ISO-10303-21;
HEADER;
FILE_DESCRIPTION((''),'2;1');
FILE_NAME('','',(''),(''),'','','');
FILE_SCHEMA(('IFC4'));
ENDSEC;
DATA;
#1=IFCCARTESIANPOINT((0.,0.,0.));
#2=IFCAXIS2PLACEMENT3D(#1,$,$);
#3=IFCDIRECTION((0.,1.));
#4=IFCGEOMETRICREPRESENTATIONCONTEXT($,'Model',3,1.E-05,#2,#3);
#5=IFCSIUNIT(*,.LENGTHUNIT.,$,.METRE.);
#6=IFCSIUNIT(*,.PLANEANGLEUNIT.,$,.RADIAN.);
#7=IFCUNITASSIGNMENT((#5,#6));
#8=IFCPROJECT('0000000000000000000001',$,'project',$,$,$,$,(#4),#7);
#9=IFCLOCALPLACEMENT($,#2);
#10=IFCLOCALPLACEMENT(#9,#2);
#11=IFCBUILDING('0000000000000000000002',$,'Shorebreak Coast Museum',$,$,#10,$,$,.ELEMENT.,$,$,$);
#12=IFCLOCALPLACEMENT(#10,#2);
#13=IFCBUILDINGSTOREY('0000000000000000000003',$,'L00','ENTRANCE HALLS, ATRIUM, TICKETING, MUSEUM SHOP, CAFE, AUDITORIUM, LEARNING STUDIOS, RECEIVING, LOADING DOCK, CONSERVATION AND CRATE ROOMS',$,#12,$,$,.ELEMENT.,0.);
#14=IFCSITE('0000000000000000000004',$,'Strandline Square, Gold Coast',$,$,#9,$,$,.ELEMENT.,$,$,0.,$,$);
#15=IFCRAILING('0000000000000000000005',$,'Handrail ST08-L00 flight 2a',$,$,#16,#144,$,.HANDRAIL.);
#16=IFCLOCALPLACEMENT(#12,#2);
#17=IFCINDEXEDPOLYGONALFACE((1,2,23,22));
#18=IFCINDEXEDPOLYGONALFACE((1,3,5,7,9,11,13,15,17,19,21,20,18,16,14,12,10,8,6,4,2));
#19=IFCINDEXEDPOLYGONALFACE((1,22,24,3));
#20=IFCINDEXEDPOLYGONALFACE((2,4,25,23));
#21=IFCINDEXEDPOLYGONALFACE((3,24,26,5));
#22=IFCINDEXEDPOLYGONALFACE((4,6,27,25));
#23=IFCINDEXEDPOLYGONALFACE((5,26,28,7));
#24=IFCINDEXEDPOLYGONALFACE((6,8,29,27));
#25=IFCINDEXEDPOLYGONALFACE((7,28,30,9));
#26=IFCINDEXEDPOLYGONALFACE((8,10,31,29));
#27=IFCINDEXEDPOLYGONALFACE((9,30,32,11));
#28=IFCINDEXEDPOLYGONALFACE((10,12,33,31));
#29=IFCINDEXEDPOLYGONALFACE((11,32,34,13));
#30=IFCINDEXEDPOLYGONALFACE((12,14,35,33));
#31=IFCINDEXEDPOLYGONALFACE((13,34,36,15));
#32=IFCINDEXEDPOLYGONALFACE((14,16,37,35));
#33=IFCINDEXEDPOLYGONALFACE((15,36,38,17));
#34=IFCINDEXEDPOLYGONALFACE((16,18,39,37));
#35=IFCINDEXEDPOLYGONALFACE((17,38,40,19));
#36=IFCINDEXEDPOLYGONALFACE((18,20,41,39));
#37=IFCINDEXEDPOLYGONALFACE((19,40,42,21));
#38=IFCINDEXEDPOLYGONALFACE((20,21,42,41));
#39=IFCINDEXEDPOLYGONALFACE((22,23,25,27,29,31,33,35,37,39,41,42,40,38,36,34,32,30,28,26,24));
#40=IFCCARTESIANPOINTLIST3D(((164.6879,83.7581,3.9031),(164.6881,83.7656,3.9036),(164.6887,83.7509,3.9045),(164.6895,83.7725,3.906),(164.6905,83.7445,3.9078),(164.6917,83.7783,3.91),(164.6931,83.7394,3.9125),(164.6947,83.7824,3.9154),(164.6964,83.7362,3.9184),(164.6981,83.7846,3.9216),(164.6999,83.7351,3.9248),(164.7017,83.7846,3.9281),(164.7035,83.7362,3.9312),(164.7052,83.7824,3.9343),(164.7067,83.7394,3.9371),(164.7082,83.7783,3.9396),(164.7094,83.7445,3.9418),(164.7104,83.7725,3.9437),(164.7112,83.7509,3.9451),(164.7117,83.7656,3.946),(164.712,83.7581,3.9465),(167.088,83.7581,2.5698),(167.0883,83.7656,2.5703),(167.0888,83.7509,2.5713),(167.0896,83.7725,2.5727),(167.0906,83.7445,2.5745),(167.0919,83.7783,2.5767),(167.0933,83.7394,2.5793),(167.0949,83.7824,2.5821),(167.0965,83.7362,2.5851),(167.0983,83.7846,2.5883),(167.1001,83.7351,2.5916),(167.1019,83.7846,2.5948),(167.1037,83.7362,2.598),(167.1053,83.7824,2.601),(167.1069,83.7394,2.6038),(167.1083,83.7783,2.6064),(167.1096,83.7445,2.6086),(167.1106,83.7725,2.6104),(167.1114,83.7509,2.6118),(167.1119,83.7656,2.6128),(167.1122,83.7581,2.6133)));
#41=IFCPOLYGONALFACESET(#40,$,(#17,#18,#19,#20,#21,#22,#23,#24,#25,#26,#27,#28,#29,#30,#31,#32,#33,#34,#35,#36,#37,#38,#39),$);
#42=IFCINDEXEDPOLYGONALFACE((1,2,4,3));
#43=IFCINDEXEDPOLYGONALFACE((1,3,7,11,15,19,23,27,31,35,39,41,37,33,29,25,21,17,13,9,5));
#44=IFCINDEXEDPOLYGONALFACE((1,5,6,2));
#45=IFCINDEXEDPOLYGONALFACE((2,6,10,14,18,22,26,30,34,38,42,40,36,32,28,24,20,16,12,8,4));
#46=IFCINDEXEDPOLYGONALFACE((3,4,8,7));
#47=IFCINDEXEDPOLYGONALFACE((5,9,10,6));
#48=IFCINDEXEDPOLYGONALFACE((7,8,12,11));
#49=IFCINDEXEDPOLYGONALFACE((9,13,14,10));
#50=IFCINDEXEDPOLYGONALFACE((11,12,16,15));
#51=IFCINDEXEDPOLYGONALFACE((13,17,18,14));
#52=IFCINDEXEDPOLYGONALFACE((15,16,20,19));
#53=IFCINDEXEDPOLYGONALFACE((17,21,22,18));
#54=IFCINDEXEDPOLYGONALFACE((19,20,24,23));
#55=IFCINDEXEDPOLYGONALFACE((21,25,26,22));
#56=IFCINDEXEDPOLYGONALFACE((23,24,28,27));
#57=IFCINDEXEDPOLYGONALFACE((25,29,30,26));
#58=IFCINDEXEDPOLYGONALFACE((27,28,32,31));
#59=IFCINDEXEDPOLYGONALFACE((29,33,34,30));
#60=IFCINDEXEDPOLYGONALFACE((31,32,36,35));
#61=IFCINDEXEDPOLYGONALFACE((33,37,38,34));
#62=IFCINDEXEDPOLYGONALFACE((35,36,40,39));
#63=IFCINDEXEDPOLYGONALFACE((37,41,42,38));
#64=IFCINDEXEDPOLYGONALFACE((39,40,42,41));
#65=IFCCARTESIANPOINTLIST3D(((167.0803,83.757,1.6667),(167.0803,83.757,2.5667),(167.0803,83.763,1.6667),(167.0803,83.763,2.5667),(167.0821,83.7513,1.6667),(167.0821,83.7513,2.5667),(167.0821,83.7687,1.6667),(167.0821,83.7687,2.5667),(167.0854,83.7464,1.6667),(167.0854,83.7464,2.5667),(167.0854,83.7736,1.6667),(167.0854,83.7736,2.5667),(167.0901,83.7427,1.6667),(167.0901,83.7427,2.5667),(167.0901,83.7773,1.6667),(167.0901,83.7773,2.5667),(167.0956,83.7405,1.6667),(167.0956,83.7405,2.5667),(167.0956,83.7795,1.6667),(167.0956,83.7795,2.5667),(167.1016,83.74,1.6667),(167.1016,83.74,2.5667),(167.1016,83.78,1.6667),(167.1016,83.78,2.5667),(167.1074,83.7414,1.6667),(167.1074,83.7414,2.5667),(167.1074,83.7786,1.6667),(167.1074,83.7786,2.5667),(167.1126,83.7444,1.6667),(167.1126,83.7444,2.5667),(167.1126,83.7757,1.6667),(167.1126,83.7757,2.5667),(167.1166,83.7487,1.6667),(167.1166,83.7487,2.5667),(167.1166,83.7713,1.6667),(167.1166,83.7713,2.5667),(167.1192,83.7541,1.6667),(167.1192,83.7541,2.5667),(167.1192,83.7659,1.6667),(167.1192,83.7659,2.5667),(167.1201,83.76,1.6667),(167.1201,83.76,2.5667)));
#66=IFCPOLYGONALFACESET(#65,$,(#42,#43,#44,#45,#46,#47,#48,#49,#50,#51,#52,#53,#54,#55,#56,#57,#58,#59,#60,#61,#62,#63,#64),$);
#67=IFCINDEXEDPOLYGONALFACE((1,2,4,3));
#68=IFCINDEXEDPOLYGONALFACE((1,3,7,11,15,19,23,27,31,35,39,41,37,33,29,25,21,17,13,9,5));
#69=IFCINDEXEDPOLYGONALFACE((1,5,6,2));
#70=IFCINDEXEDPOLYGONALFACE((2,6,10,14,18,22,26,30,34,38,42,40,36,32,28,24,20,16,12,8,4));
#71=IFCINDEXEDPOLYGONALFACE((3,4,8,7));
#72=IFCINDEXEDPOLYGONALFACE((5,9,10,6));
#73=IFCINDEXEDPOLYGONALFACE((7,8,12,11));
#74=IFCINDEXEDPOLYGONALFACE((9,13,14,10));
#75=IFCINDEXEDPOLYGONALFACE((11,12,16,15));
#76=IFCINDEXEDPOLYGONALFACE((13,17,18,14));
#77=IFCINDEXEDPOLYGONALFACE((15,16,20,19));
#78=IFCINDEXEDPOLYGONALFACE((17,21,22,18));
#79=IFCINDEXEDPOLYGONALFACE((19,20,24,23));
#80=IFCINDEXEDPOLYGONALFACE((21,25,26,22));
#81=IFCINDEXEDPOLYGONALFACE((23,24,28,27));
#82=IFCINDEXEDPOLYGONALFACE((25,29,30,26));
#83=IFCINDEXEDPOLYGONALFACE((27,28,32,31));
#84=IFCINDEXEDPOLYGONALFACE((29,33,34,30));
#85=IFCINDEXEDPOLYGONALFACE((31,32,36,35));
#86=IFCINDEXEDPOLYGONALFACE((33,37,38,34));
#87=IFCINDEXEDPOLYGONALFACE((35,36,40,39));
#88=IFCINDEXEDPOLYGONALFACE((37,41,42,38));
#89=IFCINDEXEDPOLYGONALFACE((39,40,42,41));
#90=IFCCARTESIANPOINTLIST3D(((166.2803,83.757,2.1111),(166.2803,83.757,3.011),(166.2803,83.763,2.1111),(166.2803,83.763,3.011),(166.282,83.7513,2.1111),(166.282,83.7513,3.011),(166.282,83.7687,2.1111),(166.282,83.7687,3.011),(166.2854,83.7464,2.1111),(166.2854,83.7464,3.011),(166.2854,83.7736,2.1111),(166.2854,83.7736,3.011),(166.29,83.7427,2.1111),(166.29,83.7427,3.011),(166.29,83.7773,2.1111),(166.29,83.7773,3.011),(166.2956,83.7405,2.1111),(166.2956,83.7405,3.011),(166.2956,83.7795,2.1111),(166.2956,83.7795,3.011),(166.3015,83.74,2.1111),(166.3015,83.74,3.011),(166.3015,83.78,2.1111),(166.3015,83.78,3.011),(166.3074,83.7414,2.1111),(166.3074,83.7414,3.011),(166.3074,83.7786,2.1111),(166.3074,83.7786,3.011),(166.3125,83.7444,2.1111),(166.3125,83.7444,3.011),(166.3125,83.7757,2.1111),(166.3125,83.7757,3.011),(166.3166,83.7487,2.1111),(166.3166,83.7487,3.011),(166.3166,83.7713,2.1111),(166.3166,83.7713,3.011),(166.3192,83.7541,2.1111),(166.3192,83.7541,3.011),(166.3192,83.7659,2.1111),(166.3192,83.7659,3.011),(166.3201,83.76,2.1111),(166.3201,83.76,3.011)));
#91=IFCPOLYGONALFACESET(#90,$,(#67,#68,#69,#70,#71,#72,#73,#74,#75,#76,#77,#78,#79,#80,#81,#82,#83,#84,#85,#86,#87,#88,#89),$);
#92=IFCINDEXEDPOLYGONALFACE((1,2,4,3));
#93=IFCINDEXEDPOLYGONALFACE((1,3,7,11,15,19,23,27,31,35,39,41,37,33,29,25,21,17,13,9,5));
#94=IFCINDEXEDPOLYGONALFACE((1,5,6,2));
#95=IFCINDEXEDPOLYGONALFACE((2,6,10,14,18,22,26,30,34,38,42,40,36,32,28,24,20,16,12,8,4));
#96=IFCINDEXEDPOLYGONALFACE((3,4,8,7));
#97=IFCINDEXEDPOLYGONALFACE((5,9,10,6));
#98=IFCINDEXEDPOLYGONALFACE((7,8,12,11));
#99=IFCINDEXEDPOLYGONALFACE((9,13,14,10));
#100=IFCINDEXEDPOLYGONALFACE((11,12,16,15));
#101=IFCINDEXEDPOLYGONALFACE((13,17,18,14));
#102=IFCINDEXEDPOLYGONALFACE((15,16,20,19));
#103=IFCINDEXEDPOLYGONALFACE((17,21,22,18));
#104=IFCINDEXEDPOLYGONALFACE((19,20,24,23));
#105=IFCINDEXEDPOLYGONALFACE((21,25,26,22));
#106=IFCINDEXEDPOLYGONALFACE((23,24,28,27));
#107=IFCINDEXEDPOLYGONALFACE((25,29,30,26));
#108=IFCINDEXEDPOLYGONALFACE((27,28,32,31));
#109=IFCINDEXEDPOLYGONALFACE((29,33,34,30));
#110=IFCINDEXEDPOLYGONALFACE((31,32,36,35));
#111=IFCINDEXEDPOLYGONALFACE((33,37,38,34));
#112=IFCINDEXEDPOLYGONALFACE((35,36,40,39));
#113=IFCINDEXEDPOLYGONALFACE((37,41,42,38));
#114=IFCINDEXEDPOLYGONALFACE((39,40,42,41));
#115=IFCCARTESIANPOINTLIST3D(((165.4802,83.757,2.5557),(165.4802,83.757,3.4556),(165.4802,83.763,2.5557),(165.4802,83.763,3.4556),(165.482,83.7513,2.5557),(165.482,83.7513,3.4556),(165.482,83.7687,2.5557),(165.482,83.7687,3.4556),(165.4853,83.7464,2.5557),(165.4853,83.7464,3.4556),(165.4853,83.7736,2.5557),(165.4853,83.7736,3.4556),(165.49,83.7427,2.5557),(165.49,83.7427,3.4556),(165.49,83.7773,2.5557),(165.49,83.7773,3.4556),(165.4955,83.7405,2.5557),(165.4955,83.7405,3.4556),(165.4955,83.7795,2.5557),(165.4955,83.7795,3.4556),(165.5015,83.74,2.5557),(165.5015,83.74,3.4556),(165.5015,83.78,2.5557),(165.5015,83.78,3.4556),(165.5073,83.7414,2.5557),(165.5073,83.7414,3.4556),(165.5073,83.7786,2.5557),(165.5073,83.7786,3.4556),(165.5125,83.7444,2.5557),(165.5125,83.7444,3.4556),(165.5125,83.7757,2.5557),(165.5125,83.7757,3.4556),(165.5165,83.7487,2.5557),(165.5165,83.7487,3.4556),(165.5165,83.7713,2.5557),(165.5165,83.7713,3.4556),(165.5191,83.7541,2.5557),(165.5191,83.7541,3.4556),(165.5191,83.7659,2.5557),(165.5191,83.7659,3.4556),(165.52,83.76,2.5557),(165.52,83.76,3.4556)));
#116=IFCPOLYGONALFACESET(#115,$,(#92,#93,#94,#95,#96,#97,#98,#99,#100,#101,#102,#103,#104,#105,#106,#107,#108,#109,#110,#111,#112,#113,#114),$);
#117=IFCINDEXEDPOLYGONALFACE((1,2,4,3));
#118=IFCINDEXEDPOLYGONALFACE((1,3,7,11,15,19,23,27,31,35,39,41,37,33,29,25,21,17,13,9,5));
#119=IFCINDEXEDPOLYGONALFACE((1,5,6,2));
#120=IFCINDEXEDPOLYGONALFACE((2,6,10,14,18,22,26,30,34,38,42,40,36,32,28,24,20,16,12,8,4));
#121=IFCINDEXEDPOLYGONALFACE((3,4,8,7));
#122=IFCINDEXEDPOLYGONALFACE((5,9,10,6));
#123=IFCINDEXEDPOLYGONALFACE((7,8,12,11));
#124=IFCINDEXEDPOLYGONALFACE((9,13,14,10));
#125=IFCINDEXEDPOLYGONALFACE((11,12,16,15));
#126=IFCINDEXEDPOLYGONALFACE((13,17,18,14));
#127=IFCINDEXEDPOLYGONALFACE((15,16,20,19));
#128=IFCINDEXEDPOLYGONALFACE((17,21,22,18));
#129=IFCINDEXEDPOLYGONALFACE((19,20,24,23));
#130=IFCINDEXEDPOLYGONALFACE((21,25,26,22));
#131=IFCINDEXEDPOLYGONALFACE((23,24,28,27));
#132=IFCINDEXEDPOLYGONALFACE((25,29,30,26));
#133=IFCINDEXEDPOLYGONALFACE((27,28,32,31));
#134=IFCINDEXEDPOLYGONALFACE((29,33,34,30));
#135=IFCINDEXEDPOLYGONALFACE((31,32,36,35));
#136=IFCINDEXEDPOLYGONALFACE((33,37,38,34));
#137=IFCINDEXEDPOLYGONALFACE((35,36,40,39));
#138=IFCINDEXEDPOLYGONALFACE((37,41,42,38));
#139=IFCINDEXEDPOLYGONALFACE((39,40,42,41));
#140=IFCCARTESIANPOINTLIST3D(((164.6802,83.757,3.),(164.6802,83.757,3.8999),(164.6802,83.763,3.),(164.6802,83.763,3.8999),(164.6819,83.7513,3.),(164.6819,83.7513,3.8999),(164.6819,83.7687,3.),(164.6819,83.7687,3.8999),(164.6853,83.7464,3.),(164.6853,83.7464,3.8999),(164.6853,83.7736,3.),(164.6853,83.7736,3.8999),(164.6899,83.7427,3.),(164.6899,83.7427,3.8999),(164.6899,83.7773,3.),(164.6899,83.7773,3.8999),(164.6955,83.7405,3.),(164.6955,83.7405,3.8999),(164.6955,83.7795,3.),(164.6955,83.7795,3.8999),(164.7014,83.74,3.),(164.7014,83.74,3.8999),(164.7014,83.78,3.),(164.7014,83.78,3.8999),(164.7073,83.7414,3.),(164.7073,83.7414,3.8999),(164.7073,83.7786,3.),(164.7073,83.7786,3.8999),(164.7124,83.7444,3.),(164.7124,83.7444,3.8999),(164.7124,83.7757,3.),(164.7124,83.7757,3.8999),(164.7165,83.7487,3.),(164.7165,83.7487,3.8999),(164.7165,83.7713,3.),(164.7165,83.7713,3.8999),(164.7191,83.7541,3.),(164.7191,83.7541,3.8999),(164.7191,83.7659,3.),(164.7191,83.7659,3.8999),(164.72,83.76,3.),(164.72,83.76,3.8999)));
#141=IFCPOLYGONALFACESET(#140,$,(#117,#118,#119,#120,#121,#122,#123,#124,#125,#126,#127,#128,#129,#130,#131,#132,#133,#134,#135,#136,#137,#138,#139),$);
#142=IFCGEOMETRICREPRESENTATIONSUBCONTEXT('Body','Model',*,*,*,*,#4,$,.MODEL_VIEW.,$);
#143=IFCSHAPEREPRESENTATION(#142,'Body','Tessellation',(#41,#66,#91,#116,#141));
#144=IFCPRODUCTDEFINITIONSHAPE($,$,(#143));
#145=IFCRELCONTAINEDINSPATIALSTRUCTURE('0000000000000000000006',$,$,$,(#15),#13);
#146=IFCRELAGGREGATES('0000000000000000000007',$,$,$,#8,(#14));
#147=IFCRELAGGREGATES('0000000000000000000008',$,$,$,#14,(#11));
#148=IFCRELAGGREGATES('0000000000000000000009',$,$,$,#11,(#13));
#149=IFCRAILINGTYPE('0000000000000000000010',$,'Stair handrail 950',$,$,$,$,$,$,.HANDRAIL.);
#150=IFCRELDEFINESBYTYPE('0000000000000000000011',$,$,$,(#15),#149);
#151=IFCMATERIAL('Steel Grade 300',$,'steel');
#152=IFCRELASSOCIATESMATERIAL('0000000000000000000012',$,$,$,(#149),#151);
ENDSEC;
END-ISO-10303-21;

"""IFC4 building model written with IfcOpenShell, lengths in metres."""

from ifc_helpers import new_model, si_unit, direction, frame, origin, origin_2d, place, context, subcontext, project, spatial, circle, extrude, material, type_object, element, save


model = new_model("IFC4")

# Units and contexts
model_context = context("Model", 3, precision=1e-05, world=origin(), true_north=direction((0.0, 1.0)))
body_context = subcontext(model_context, "Body", "Model", "MODEL_VIEW")
ifc_project = project(units=[si_unit("LENGTHUNIT", "METRE"), si_unit("PLANEANGLEUNIT", "RADIAN")], contexts=[model_context])

# Site, building, storey
site_placement = place(None, origin())
site = spatial("IfcSite", under=ifc_project, at=site_placement, Name="Strandline Square, Gold Coast", CompositionType="ELEMENT", RefElevation=0.0)
building_placement = place(site_placement, origin())
building = spatial("IfcBuilding", under=site, at=building_placement, Name="Shorebreak Coast Museum", CompositionType="ELEMENT")
storey_placement = place(building_placement, origin())
storey = spatial("IfcBuildingStorey", under=building, at=storey_placement, Name="L00", Description="ENTRANCE HALLS, ATRIUM, TICKETING, MUSEUM SHOP, CAFE, AUDITORIUM, LEARNING STUDIOS, RECEIVING, LOADING DOCK, CONSERVATION AND CRATE ROOMS", CompositionType="ELEMENT", Elevation=0.0)

# Railing
ifc_material_1 = material(Name="Steel Grade 300", Category="steel")
railing_type_1 = type_object("IfcRailingType", Name="Stair handrail 950", PredefinedType="HANDRAIL", material=ifc_material_1)
for number, where, name in (
    (1, (167.1001, 83.76, 1.6667), "Handrail ST08-L00 flight 2a"),
):
    element("IfcRailing", number, at=place(storey_placement, frame(where)), inside=storey, type_object=railing_type_1, Name=name, PredefinedType="HANDRAIL", context=body_context, shape_type="SweptSolid", body=[
        extrude(circle(Radius=0.0249, at=origin_2d()), frame((0.0, 0.0, 0.9248), z_axis=(-0.874182, 0.0, 0.485598), x_axis=(0.0, -1.0, 0.0)), (0.0, 0.0, 1.0), 2.7456),
        extrude(circle(Radius=0.02, at=origin_2d()), origin(), (0.0, 0.0, 1.0), 0.8999),
        extrude(circle(Radius=0.02, at=origin_2d()), frame((-0.8, 0.0, 0.4443)), (0.0, 0.0, 1.0), 0.8999),
        extrude(circle(Radius=0.02, at=origin_2d()), frame((-1.6001, 0.0, 0.8889)), (0.0, 0.0, 1.0), 0.8999),
        extrude(circle(Radius=0.02, at=origin_2d()), frame((-2.4001, 0.0, 1.3333)), (0.0, 0.0, 1.0), 0.8999),
    ])

save(model, "model.ifc")
